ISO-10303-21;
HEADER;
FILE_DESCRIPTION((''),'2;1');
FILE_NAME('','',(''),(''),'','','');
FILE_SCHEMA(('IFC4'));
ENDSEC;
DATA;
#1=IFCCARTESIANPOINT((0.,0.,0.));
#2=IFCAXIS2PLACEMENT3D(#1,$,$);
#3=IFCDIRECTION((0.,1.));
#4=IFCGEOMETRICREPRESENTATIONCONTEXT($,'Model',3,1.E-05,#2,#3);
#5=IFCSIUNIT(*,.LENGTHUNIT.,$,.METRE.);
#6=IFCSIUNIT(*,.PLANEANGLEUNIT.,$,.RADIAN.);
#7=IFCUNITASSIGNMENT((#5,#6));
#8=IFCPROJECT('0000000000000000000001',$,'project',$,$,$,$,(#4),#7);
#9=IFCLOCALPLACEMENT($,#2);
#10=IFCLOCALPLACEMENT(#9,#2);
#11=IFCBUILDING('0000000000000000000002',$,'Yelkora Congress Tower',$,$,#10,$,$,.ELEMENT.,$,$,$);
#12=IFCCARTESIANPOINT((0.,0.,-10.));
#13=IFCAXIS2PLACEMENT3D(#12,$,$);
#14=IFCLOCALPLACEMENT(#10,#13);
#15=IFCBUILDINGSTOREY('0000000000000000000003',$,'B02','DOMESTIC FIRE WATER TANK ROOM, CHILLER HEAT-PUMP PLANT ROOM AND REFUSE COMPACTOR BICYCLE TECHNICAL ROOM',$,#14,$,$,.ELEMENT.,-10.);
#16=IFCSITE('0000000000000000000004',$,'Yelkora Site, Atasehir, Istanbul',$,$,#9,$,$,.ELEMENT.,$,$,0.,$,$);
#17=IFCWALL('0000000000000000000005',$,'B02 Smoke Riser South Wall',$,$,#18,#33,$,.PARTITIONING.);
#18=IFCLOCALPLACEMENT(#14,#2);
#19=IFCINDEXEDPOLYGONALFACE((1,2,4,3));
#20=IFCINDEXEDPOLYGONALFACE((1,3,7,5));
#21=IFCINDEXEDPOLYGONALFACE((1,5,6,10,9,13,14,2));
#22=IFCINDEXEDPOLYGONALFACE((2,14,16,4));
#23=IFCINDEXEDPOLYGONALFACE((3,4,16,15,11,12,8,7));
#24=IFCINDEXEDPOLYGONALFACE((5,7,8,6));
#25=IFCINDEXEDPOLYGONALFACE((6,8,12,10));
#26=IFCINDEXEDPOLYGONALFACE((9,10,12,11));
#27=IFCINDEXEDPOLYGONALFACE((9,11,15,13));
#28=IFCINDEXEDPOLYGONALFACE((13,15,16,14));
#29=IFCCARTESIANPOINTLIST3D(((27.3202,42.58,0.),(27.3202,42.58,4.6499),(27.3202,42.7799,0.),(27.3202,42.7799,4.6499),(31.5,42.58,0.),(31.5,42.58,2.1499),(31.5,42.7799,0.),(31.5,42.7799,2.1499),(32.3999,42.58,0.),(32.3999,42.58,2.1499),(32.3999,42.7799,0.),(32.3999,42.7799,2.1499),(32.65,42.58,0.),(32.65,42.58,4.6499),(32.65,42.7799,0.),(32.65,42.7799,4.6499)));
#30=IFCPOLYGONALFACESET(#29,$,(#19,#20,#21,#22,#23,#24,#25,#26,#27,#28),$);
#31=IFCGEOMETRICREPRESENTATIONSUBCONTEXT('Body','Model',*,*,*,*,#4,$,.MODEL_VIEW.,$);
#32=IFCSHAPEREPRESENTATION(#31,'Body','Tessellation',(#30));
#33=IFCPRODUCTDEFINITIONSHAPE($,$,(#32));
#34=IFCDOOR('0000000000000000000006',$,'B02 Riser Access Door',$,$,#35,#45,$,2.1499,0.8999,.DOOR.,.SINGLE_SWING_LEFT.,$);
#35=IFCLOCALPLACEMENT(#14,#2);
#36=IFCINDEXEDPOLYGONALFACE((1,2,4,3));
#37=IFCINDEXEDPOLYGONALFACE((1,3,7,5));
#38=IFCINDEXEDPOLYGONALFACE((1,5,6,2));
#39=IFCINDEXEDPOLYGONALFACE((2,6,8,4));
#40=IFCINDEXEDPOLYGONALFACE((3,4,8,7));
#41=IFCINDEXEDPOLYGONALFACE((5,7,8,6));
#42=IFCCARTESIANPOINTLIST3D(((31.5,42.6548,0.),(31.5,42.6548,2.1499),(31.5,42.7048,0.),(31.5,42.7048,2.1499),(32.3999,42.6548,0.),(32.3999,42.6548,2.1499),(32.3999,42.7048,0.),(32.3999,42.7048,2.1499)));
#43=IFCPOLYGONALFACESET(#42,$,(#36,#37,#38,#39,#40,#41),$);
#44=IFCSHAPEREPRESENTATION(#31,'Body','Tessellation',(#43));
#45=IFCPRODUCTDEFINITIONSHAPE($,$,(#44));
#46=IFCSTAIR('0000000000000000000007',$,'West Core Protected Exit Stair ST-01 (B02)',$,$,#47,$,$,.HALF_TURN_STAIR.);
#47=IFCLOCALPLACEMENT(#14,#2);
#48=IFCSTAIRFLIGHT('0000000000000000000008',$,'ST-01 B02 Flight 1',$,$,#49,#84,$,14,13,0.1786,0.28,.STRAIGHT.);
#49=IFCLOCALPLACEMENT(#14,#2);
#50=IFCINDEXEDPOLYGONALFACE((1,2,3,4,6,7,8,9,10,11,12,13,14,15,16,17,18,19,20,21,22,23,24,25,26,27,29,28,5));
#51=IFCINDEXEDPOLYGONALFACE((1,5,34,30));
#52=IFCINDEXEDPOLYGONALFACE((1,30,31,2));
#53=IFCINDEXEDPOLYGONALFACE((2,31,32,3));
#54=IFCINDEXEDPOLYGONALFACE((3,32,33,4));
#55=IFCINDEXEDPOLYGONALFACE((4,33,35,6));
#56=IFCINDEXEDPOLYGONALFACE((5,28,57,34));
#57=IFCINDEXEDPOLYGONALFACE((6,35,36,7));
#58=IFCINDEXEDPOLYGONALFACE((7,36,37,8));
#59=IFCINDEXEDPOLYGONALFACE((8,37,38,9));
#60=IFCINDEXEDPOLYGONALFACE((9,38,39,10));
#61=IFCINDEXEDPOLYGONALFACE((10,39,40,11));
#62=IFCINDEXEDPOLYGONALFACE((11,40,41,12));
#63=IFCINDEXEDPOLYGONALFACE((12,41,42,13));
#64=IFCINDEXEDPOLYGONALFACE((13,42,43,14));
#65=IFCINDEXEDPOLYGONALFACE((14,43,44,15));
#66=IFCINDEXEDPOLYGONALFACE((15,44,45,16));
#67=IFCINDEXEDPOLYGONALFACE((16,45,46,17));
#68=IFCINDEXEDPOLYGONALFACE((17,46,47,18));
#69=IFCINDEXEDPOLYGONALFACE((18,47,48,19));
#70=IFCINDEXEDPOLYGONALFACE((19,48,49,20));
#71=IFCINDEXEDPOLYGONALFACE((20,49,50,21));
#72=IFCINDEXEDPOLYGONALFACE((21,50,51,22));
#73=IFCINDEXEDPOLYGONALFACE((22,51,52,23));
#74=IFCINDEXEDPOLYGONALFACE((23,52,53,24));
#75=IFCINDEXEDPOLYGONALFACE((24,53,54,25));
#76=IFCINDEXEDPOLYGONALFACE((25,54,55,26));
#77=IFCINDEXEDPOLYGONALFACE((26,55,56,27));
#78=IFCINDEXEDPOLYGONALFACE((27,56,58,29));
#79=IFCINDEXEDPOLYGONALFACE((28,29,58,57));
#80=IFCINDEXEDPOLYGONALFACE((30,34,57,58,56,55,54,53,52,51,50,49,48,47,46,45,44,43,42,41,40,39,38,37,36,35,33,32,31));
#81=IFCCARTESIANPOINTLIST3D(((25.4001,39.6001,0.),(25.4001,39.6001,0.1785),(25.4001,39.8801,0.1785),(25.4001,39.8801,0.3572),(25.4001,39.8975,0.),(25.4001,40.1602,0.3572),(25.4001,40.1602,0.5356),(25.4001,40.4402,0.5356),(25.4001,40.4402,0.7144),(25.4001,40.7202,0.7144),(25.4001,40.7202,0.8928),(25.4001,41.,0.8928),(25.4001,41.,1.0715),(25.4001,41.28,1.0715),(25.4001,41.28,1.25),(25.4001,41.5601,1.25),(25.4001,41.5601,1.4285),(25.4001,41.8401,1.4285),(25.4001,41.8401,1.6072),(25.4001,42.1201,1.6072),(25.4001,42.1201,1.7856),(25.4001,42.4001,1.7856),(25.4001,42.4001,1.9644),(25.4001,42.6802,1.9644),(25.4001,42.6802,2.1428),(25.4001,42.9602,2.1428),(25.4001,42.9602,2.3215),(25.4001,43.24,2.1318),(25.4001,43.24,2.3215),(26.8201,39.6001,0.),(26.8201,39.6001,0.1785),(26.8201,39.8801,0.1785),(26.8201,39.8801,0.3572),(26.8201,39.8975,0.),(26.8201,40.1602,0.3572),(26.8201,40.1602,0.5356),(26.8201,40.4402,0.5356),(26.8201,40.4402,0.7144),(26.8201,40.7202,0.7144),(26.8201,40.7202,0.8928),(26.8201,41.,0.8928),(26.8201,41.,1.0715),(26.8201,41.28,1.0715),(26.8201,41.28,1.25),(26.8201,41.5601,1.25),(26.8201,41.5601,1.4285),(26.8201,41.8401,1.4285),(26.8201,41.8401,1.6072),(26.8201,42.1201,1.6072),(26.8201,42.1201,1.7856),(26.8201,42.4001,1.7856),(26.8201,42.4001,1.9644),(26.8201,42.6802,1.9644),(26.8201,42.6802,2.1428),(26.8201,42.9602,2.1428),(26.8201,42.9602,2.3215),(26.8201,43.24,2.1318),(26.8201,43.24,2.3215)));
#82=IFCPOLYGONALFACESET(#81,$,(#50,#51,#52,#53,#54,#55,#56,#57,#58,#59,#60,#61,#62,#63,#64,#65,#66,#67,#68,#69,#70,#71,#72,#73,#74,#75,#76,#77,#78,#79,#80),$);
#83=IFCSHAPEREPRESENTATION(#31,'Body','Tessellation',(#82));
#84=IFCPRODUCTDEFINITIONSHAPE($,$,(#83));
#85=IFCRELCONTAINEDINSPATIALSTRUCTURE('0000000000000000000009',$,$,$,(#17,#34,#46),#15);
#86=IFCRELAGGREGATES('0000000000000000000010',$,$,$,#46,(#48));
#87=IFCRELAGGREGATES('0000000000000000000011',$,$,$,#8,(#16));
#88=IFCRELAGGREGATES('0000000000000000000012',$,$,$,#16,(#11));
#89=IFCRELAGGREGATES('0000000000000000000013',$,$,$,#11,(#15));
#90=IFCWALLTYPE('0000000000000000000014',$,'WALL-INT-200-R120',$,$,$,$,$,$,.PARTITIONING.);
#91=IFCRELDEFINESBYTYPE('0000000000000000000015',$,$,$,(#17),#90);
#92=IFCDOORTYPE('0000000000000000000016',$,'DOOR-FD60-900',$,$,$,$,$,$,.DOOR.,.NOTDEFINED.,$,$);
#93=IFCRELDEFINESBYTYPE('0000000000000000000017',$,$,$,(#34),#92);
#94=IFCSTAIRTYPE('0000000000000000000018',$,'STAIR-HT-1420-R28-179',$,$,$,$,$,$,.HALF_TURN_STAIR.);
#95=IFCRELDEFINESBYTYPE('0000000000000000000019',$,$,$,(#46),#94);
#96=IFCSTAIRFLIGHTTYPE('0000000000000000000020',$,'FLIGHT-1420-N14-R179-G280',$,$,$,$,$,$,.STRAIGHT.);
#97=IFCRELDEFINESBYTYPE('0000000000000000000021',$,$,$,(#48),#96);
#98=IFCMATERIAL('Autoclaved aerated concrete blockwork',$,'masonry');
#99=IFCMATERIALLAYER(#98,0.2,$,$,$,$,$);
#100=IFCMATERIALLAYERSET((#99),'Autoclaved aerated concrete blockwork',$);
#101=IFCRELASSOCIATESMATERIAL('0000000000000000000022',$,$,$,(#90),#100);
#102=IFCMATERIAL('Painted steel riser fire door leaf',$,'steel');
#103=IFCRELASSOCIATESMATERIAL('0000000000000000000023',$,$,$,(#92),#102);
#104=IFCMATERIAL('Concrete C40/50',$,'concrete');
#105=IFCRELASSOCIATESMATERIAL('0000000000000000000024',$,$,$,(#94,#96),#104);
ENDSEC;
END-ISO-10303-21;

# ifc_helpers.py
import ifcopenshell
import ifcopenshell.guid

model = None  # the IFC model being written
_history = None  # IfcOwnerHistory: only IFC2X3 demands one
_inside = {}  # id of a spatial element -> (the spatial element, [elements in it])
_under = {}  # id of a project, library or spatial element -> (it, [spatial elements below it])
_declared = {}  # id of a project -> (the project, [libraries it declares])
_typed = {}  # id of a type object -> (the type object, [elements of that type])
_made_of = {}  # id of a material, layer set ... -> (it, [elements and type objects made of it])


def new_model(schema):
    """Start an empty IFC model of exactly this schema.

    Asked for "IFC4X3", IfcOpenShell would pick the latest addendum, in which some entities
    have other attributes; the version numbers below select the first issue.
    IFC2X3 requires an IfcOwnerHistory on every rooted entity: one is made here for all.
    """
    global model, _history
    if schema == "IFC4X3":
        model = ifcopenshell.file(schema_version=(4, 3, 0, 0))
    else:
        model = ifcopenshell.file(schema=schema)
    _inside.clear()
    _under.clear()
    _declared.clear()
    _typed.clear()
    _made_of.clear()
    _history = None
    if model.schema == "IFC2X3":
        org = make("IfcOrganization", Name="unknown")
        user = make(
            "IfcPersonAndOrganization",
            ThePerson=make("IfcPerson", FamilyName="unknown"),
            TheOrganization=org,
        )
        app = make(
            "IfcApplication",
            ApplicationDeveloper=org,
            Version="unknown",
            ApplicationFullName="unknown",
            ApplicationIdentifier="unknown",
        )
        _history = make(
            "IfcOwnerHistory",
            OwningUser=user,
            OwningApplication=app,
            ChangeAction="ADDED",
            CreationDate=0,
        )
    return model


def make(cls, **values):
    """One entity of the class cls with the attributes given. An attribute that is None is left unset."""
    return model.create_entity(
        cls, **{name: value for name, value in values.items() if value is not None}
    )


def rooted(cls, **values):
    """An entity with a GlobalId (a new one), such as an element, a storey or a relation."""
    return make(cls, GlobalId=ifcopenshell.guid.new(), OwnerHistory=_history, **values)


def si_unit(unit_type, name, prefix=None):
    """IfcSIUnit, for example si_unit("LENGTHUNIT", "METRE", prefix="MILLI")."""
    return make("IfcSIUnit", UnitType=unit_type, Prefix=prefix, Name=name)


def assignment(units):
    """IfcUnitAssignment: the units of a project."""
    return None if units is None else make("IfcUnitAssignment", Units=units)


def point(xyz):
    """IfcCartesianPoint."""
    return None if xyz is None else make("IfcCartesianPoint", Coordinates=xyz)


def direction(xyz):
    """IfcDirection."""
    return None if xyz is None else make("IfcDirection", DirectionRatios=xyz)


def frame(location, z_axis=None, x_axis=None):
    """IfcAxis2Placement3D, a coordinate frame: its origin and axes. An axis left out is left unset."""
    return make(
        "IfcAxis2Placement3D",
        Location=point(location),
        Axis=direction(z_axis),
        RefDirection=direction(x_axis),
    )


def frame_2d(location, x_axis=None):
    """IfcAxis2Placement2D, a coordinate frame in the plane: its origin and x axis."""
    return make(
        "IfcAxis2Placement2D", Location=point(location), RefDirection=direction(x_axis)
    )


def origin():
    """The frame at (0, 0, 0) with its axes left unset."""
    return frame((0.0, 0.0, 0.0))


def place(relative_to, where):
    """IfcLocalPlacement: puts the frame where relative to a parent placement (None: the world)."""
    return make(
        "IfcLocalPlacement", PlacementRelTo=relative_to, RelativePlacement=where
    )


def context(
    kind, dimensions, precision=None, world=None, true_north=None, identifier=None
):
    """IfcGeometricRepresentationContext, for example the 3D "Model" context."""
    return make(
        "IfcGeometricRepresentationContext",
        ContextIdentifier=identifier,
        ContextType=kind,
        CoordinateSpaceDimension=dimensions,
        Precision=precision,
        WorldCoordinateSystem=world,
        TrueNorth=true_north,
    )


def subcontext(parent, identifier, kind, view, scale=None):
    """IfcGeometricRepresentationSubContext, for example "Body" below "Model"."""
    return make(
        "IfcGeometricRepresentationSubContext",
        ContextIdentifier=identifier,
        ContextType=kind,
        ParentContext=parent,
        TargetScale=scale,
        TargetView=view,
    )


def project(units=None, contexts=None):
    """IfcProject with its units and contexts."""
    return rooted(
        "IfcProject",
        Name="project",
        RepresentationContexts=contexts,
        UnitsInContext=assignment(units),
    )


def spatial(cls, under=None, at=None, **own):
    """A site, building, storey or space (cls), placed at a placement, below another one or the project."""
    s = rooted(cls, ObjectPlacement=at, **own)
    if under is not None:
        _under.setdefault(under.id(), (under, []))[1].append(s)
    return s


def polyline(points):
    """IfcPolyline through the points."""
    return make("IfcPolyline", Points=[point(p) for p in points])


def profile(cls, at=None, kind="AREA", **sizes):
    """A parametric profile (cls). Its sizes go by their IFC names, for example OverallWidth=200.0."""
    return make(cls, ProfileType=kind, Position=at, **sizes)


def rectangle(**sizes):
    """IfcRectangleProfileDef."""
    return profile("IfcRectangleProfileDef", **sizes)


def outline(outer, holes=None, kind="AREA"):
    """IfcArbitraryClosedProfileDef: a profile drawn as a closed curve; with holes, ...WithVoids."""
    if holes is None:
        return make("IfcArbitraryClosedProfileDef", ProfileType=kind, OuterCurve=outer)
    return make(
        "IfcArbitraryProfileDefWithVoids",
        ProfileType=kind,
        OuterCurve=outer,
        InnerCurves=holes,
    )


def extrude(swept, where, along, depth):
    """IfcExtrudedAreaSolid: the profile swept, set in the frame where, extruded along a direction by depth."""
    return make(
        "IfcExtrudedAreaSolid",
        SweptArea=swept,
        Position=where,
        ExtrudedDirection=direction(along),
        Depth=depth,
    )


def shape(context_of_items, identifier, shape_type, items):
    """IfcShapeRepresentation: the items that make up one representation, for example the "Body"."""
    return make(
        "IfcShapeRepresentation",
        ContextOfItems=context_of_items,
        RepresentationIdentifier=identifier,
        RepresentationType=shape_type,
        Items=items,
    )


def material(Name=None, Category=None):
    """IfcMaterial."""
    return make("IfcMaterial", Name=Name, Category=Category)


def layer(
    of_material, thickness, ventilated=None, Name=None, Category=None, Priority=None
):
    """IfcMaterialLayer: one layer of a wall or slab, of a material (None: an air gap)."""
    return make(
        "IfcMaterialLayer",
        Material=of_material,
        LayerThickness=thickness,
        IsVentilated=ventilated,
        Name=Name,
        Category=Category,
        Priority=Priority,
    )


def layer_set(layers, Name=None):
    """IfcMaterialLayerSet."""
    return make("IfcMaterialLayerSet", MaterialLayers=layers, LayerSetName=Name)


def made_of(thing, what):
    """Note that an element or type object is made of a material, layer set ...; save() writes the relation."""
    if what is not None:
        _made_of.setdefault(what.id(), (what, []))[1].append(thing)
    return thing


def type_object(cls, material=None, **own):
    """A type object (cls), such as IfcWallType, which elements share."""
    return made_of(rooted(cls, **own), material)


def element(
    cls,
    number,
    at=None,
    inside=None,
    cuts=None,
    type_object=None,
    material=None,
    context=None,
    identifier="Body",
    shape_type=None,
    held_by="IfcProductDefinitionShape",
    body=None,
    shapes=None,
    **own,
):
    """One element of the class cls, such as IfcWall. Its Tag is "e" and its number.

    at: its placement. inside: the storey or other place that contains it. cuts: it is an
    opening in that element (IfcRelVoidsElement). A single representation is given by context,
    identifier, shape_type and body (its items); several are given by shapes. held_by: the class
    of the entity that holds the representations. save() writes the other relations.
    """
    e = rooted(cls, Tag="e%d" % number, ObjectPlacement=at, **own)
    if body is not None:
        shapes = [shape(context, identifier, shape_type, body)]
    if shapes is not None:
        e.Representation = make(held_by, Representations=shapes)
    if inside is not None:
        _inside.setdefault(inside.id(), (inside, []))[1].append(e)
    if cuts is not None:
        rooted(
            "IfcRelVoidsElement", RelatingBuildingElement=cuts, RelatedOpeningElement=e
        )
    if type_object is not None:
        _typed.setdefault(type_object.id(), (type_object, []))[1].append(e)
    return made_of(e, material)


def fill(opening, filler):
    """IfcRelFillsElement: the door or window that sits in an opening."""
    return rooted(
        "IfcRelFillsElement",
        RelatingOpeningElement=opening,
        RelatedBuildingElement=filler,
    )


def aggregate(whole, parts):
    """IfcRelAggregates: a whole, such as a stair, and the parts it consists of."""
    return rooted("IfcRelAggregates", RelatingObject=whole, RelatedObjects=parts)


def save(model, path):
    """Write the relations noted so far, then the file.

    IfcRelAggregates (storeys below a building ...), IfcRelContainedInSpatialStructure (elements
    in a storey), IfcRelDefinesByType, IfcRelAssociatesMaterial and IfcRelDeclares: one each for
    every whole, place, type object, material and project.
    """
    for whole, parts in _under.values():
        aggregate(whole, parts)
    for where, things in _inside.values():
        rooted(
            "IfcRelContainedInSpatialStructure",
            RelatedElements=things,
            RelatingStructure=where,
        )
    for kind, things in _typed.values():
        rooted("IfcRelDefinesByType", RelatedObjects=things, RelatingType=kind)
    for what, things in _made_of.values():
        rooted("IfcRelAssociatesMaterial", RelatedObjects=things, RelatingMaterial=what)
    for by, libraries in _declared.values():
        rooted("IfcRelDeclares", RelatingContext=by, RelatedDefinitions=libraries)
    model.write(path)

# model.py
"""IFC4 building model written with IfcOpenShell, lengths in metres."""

from ifc_helpers import new_model, si_unit, direction, frame, frame_2d, origin, place, context, subcontext, project, spatial, polyline, rectangle, outline, extrude, material, layer, layer_set, type_object, element, fill, aggregate, save


model = new_model("IFC4")

# Units and contexts
model_context = context("Model", 3, precision=1e-05, world=origin(), true_north=direction((0.0, 1.0)))
body_context = subcontext(model_context, "Body", "Model", "MODEL_VIEW")
ifc_project = project(units=[si_unit("LENGTHUNIT", "METRE"), si_unit("PLANEANGLEUNIT", "RADIAN")], contexts=[model_context])

# Site, building, storey
site_placement = place(None, origin())
site = spatial("IfcSite", under=ifc_project, at=site_placement, Name="Yelkora Site, Atasehir, Istanbul", CompositionType="ELEMENT", RefElevation=0.0)
building_placement = place(site_placement, origin())
building = spatial("IfcBuilding", under=site, at=building_placement, Name="Yelkora Congress Tower", CompositionType="ELEMENT")
storey_placement = place(building_placement, frame((0.0, 0.0, -10.0)))
storey = spatial("IfcBuildingStorey", under=building, at=storey_placement, Name="B02", Description="DOMESTIC FIRE WATER TANK ROOM, CHILLER HEAT-PUMP PLANT ROOM AND REFUSE COMPACTOR BICYCLE TECHNICAL ROOM", CompositionType="ELEMENT", Elevation=-10.0)

# Shared definitions
ifc_material_1 = material(Name="Autoclaved aerated concrete blockwork", Category="masonry")
ifc_layer_1 = layer(ifc_material_1, 0.2)
ifc_layer_set_1 = layer_set([ifc_layer_1], Name="Autoclaved aerated concrete blockwork")
wall_type_1 = type_object("IfcWallType", Name="WALL-INT-200-R120", PredefinedType="PARTITIONING", material=ifc_layer_set_1)

# Wall, opening, door
wall_1_placement = place(storey_placement, frame((27.3201, 42.6799, 0.0), z_axis=(0.0, 0.0, 1.0), x_axis=(1.0, 0.0, 0.0)))
wall_1 = element("IfcWall", 1, at=wall_1_placement, inside=storey, type_object=wall_type_1, Name="B02 Smoke Riser South Wall", PredefinedType="PARTITIONING", context=body_context, shape_type="SweptSolid", body=[
    extrude(rectangle(XDim=5.3298, YDim=0.2, at=frame_2d((2.665, 0.0))), origin(), (0.0, 0.0, 1.0), 4.6499),
])
opening_1_placement = place(wall_1_placement, frame((4.1799, 0.0, 0.0)))
opening_1 = element("IfcOpeningElement", 2, at=opening_1_placement, cuts=wall_1, PredefinedType="OPENING", context=body_context, shape_type="SweptSolid", body=[
    extrude(rectangle(XDim=0.8999, YDim=2.1499, at=frame_2d((0.45, 1.075))), frame((0.0, 0.1099, 0.0), z_axis=(0.0, -1.0, 0.0), x_axis=(1.0, 0.0, 0.0)), (0.0, 0.0, 1.0), 0.22),
])
ifc_material_2 = material(Name="Painted steel riser fire door leaf", Category="steel")
door_type_1 = type_object("IfcDoorType", Name="DOOR-FD60-900", OperationType="NOTDEFINED", PredefinedType="DOOR", material=ifc_material_2)
door_1_placement = place(opening_1_placement, origin())
door_1 = element("IfcDoor", 3, at=door_1_placement, inside=storey, type_object=door_type_1, Name="B02 Riser Access Door", OperationType="SINGLE_SWING_LEFT", OverallHeight=2.1499, OverallWidth=0.8999, PredefinedType="DOOR", context=body_context, shape_type="SweptSolid", body=[
    extrude(rectangle(XDim=0.8999, YDim=2.1499, at=frame_2d((0.45, 1.075))), frame((0.0, 0.0249, 0.0), z_axis=(0.0, -1.0, 0.0), x_axis=(1.0, 0.0, 0.0)), (0.0, 0.0, 1.0), 0.05),
])
fill(opening_1, door_1)

# Stair, stair flight
ifc_material_3 = material(Name="Concrete C40/50", Category="concrete")
stair_type = type_object("IfcStairType", Name="STAIR-HT-1420-R28-179", PredefinedType="HALF_TURN_STAIR", material=ifc_material_3)
stair_placement = place(storey_placement, origin())
stair = element("IfcStair", 4, at=stair_placement, inside=storey, type_object=stair_type, Name="West Core Protected Exit Stair ST-01 (B02)", PredefinedType="HALF_TURN_STAIR")
stair_flight_type = type_object("IfcStairFlightType", Name="FLIGHT-1420-N14-R179-G280", PredefinedType="STRAIGHT", material=ifc_material_3)
stair_flight_placement = place(storey_placement, frame((26.1101, 39.6001, 0.0), z_axis=(0.0, 0.0, 1.0), x_axis=(0.0, 1.0, 0.0)))
stair_flight = element("IfcStairFlight", 5, at=stair_flight_placement, type_object=stair_flight_type, Name="ST-01 B02 Flight 1", NumberOfRisers=14, NumberOfTreads=13, PredefinedType="STRAIGHT", RiserHeight=0.1786, TreadLength=0.28, context=body_context, shape_type="SweptSolid", body=[
    extrude(outline(polyline([(0.0, 0.0), (0.0, 0.1785), (0.28, 0.1785), (0.28, 0.3572), (0.5601, 0.3572), (0.5601, 0.5356), (0.8401, 0.5356), (0.8401, 0.7144), (1.1201, 0.7144), (1.1201, 0.8928), (1.3999, 0.8928), (1.3999, 1.0715), (1.6799, 1.0715), (1.6799, 1.25), (1.96, 1.25), (1.96, 1.4285), (2.24, 1.4285), (2.24, 1.6072), (2.52, 1.6072), (2.52, 1.7856), (2.8, 1.7856), (2.8, 1.9644), (3.0801, 1.9644), (3.0801, 2.1428), (3.3601, 2.1428), (3.3601, 2.3215), (3.6399, 2.3215), (3.6399, 2.5), (3.6399, 2.1318), (0.2974, 0.0), (0.0, 0.0)])), frame((0.0, 0.71, 0.0), z_axis=(0.0, -1.0, 0.0), x_axis=(1.0, 0.0, 0.0)), (0.0, 0.0, 1.0), 1.4199),
])
aggregate(stair, [stair_flight])

save(model, "model.ifc")
